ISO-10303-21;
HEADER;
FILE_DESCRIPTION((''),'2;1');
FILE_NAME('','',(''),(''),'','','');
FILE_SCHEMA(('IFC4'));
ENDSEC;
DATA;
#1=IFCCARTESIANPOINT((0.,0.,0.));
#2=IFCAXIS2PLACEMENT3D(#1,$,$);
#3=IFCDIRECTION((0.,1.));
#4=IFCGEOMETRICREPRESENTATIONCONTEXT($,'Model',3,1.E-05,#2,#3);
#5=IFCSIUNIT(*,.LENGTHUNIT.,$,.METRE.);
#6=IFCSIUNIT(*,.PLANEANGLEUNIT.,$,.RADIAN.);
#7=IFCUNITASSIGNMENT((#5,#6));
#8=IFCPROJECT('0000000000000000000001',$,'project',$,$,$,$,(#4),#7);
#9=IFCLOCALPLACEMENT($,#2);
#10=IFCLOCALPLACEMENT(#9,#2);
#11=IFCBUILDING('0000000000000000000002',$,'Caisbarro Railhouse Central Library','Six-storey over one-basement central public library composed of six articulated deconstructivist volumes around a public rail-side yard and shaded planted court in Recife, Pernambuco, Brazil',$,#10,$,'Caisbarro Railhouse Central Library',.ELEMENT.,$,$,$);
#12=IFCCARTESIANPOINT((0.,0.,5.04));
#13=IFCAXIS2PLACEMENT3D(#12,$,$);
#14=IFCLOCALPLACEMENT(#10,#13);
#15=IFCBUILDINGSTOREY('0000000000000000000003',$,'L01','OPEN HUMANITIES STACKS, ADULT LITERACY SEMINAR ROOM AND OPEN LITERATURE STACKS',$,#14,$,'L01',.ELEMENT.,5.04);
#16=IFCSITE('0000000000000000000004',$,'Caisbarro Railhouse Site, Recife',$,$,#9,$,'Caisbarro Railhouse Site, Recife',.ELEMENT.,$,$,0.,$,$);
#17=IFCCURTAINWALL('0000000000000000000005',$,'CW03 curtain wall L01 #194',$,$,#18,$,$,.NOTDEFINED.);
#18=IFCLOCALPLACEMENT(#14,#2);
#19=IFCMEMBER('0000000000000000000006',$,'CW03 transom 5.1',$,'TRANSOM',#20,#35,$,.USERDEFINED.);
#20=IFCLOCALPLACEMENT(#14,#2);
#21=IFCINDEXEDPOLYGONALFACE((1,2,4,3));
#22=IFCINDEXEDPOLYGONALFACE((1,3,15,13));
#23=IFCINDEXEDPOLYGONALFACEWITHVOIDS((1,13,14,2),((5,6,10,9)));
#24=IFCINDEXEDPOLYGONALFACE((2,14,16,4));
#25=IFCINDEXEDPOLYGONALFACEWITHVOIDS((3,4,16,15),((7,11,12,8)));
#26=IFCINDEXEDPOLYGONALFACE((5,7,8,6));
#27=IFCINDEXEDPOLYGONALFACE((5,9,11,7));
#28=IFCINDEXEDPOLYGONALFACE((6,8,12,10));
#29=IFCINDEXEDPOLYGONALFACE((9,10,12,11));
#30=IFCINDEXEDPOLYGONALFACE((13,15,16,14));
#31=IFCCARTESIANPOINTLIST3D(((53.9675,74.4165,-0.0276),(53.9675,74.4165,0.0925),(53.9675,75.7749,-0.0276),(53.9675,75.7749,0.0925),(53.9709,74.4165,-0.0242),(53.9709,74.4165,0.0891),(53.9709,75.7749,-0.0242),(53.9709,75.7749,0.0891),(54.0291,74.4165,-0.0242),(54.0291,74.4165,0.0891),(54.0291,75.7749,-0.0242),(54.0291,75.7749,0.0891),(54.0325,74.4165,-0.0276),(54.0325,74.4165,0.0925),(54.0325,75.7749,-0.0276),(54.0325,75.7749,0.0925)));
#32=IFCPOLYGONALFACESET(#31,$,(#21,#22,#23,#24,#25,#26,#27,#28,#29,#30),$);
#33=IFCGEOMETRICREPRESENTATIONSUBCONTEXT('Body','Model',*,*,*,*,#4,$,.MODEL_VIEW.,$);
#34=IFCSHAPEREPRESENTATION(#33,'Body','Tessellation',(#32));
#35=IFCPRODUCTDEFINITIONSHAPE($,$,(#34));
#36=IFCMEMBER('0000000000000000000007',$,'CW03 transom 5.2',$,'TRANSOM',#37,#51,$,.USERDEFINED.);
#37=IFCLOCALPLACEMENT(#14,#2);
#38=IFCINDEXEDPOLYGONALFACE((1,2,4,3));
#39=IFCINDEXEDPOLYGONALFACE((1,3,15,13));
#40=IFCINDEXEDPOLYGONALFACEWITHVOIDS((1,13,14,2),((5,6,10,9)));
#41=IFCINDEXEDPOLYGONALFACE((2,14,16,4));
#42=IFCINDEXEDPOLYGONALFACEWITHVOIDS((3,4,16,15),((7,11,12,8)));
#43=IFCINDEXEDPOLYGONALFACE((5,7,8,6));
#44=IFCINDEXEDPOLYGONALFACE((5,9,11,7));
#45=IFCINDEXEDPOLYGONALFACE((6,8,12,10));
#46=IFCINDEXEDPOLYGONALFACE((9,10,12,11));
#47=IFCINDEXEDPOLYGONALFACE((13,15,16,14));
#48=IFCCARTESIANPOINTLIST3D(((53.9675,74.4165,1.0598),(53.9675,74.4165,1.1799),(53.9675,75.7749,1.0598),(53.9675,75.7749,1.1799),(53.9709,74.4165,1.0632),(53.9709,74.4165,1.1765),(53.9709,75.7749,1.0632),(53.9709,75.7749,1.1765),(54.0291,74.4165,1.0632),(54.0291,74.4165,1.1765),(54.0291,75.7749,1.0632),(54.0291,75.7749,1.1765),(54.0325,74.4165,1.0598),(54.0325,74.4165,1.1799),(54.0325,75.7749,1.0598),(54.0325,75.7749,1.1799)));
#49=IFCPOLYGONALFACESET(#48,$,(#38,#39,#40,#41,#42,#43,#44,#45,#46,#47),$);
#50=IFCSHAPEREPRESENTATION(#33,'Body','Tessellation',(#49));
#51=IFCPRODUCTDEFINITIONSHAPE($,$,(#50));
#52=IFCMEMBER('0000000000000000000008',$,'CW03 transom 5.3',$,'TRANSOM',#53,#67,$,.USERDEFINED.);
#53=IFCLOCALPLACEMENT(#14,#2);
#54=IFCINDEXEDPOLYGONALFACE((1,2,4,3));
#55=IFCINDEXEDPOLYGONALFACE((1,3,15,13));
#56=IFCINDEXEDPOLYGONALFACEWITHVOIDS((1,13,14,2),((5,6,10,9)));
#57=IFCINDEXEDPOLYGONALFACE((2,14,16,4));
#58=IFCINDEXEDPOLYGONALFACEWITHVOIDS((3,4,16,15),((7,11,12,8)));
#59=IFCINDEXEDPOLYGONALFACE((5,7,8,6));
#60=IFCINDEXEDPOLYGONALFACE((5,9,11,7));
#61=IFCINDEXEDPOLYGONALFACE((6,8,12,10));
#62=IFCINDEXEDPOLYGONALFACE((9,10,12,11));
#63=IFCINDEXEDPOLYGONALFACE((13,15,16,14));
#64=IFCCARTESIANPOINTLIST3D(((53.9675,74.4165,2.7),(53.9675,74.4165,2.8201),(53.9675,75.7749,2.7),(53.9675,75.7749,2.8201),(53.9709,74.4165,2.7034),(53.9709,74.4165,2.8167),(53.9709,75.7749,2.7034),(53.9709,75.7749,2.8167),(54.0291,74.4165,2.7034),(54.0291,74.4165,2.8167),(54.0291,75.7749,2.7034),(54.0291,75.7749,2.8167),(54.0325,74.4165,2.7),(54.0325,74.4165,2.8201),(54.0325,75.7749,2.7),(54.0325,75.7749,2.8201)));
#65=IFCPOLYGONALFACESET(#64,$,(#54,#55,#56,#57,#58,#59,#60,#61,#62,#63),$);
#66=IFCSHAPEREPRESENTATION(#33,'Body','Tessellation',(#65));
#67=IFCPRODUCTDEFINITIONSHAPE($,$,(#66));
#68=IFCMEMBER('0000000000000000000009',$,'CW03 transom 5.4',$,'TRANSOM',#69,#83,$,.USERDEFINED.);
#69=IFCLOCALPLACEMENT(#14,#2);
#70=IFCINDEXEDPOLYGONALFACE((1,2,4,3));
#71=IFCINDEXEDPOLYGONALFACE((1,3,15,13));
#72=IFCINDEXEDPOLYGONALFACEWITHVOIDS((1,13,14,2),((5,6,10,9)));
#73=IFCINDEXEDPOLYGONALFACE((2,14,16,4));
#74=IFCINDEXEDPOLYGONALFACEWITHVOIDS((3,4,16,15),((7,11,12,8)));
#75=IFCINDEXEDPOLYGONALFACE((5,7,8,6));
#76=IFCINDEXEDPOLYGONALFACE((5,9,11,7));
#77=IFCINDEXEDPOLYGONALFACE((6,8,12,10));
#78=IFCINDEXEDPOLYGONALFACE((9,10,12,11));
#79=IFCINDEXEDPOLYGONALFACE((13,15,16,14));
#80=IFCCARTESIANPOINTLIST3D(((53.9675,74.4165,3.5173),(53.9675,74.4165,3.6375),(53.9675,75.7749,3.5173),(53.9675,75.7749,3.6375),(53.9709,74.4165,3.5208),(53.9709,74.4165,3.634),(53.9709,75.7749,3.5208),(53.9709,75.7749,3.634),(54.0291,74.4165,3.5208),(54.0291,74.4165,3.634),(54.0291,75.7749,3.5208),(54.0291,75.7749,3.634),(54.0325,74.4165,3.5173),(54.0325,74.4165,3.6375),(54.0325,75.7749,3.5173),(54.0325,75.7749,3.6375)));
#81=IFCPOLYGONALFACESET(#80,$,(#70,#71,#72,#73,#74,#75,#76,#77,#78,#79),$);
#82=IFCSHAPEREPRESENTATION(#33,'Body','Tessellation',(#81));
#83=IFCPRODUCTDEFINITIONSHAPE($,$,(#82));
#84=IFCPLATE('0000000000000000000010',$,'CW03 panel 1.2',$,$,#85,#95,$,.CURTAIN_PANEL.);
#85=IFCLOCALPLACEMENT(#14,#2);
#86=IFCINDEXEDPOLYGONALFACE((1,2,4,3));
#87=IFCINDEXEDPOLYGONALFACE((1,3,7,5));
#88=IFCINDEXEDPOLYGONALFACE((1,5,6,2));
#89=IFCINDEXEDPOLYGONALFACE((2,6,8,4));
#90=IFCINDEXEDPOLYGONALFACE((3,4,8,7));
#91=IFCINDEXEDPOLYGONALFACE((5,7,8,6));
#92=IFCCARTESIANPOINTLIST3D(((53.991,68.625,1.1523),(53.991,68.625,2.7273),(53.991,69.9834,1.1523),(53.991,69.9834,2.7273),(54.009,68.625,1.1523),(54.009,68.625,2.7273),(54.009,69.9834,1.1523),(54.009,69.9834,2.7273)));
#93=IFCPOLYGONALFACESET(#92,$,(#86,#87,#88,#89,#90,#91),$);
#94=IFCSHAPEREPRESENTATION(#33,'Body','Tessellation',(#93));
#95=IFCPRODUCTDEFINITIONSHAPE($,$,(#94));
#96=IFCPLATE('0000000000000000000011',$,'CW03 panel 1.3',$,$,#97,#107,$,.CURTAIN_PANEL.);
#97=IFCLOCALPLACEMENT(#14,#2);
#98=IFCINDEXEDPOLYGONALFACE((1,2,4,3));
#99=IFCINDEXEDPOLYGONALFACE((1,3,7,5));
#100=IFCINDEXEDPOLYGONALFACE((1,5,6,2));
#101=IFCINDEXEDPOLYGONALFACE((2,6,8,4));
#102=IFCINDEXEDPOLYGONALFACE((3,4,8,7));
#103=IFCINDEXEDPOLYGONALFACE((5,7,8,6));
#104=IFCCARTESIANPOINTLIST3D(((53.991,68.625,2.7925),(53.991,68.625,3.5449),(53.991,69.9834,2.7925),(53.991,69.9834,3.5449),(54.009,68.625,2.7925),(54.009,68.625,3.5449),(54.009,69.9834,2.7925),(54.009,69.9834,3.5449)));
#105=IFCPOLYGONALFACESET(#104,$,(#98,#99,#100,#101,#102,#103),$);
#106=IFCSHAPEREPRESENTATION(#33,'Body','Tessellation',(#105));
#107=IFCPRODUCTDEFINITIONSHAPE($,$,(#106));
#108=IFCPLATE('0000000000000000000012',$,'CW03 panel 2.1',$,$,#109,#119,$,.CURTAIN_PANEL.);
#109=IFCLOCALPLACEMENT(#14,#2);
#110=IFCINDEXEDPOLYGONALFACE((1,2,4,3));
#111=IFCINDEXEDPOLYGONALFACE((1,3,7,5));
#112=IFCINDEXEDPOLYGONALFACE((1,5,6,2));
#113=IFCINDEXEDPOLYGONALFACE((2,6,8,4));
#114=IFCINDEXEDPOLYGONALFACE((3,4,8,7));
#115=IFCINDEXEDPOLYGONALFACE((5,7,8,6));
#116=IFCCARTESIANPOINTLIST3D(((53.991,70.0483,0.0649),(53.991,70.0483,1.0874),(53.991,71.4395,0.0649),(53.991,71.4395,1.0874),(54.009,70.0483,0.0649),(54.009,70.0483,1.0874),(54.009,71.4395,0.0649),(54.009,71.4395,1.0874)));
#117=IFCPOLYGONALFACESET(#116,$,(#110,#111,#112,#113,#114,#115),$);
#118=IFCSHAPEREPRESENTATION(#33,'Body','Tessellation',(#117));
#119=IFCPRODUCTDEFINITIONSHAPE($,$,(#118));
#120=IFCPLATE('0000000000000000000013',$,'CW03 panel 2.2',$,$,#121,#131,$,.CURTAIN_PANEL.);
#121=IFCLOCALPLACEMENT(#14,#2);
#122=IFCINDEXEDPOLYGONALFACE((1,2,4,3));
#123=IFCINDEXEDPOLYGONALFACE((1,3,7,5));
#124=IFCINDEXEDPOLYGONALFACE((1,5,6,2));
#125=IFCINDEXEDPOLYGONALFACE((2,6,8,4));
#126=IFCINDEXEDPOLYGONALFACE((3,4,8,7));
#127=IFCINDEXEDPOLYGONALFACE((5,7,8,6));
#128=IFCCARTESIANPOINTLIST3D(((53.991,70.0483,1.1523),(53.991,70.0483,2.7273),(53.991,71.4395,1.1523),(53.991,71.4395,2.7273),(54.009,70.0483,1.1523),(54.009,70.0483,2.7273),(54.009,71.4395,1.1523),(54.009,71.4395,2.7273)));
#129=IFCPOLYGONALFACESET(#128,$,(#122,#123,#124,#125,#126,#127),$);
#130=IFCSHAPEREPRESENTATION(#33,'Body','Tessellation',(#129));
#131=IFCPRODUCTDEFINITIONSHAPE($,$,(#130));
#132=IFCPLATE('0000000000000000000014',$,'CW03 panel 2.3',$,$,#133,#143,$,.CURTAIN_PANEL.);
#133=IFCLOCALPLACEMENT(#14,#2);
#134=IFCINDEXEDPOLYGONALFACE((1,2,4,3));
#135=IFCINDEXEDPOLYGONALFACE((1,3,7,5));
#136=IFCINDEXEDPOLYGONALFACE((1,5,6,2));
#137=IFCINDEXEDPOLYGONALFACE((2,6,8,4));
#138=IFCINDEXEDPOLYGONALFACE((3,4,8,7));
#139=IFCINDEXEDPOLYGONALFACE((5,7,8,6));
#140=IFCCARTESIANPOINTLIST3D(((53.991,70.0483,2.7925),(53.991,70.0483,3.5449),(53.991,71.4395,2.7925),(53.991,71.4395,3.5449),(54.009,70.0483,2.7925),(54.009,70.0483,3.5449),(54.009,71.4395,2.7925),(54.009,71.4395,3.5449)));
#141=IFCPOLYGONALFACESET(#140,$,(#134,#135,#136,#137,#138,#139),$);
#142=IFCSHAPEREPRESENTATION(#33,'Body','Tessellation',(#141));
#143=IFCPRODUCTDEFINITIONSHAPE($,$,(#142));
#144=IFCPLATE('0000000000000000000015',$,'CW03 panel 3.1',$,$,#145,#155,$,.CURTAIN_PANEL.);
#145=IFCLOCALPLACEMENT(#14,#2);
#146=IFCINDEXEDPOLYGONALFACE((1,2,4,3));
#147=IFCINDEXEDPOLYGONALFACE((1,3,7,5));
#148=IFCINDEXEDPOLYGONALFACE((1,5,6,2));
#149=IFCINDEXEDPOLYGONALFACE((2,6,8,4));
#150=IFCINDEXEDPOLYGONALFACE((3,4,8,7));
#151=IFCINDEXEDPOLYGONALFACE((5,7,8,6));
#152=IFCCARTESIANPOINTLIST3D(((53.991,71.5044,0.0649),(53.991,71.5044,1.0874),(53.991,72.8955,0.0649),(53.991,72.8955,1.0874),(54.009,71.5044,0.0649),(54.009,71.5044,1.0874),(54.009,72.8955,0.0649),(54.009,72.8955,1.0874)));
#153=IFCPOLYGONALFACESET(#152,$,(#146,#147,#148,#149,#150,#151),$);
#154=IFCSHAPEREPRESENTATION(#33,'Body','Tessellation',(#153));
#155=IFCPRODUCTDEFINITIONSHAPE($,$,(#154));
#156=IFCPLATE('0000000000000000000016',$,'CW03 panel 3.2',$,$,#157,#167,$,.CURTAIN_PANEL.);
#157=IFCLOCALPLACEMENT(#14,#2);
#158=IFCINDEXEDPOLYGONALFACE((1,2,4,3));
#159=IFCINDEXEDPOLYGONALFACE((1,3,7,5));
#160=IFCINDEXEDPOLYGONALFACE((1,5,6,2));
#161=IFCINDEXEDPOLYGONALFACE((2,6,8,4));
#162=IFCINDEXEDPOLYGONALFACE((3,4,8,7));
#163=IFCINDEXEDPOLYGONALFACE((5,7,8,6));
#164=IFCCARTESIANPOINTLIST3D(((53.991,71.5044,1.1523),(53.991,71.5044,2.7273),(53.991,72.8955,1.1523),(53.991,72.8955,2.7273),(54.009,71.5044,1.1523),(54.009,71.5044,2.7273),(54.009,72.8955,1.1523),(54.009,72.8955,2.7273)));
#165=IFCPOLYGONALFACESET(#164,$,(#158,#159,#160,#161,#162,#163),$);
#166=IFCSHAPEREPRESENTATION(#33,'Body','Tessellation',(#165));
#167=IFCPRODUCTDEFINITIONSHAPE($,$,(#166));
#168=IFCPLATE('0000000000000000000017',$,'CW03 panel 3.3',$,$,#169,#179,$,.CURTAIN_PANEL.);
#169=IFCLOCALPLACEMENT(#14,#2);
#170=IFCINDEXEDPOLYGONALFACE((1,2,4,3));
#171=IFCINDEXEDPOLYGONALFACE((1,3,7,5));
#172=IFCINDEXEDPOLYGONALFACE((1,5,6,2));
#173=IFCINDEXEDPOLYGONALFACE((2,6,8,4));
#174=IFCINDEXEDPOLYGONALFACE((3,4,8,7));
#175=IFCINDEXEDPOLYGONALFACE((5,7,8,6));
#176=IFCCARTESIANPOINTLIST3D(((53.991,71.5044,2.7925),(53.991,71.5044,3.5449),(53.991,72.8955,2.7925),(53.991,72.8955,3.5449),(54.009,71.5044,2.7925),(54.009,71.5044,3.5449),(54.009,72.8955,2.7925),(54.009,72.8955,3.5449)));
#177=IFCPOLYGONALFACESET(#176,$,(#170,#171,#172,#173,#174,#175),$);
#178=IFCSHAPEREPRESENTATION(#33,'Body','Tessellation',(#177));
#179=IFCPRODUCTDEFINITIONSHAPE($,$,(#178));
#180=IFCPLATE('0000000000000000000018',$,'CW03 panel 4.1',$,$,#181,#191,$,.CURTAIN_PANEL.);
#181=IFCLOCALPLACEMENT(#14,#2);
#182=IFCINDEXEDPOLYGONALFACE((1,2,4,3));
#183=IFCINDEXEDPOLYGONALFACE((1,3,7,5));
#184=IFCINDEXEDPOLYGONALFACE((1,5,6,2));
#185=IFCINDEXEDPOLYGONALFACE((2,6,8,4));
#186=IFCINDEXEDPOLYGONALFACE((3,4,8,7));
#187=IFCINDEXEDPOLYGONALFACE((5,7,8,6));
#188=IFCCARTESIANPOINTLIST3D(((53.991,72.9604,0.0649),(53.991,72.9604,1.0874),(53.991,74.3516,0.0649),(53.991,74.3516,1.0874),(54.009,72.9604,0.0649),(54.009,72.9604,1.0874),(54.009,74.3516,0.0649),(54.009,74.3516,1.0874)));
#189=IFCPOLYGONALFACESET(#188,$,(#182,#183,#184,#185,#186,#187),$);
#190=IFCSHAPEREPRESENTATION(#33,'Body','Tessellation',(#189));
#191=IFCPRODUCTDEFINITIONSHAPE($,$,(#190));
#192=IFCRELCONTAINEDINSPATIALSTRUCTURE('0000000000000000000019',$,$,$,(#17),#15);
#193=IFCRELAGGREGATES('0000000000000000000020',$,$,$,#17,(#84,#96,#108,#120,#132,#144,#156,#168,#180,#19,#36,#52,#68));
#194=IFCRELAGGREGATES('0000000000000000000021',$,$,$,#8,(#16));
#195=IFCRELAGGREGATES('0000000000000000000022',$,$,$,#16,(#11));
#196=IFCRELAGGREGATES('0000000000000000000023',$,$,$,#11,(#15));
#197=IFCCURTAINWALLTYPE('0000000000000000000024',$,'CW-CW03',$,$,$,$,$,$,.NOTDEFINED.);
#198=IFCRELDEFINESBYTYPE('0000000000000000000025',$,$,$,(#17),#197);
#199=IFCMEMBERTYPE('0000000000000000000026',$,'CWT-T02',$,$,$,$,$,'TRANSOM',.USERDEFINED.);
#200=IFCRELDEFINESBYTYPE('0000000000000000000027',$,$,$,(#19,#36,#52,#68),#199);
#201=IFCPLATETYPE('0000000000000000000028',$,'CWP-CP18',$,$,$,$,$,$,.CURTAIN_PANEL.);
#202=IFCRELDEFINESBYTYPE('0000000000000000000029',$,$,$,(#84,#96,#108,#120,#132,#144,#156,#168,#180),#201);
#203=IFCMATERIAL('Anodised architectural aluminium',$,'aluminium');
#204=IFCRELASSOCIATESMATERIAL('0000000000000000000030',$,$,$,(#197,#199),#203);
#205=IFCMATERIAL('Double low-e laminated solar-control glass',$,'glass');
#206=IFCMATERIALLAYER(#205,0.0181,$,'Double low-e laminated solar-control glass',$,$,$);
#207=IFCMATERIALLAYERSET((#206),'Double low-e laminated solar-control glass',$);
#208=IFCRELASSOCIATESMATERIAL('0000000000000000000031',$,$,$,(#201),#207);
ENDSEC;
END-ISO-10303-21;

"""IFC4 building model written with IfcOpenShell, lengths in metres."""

from ifc_helpers import new_model, si_unit, direction, frame, origin, origin_2d, place, context, subcontext, project, spatial, rectangle, hollow_rectangle, extrude, material, layer, layer_set, material_profile, profile_set, type_object, element, aggregate, save


model = new_model("IFC4")

# Units and contexts
model_context = context("Model", 3, precision=1e-05, world=origin(), true_north=direction((0.0, 1.0)))
body_context = subcontext(model_context, "Body", "Model", "MODEL_VIEW")
ifc_project = project(units=[si_unit("LENGTHUNIT", "METRE"), si_unit("PLANEANGLEUNIT", "RADIAN")], contexts=[model_context])

# Site, building, storey
site_placement = place(None, origin())
site = spatial("IfcSite", under=ifc_project, at=site_placement, Name="Caisbarro Railhouse Site, Recife", LongName="Caisbarro Railhouse Site, Recife", CompositionType="ELEMENT", RefElevation=0.0)
building_placement = place(site_placement, origin())
building = spatial("IfcBuilding", under=site, at=building_placement, Name="Caisbarro Railhouse Central Library", Description="Six-storey over one-basement central public library composed of six articulated deconstructivist volumes around a public rail-side yard and shaded planted court in Recife, Pernambuco, Brazil", LongName="Caisbarro Railhouse Central Library", CompositionType="ELEMENT")
storey_placement = place(building_placement, frame((0.0, 0.0, 5.04)))
storey = spatial("IfcBuildingStorey", under=building, at=storey_placement, Name="L01", Description="OPEN HUMANITIES STACKS, ADULT LITERACY SEMINAR ROOM AND OPEN LITERATURE STACKS", LongName="L01", CompositionType="ELEMENT", Elevation=5.04)

# Curtain wall, members, plates
ifc_material_1 = material(Name="Anodised architectural aluminium", Category="aluminium")
curtain_wall_type = type_object("IfcCurtainWallType", Name="CW-CW03", PredefinedType="NOTDEFINED", material=ifc_material_1)
curtain_wall_placement = place(storey_placement, origin())
curtain_wall = element("IfcCurtainWall", 1, at=curtain_wall_placement, inside=storey, type_object=curtain_wall_type, Name="CW03 curtain wall L01 #194", PredefinedType="NOTDEFINED")
ifc_material_profile_1 = material_profile(ifc_material_1, hollow_rectangle(XDim=0.0649, YDim=0.1201, WallThickness=0.0034, at=origin_2d()), Name="ALU-TRN-65X120")
ifc_profile_set_1 = profile_set([ifc_material_profile_1], Name="Anodised architectural aluminium")
member_type_1 = type_object("IfcMemberType", Name="CWT-T02", ElementType="TRANSOM", PredefinedType="USERDEFINED", material=ifc_profile_set_1)
member_1_placement = place(storey_placement, frame((54.0, 74.4165, 0.0325), z_axis=(0.0, 1.0, 0.0), x_axis=(-1.0, 0.0, 0.0)))
member_1 = element("IfcMember", 2, at=member_1_placement, type_object=member_type_1, Name="CW03 transom 5.1", ObjectType="TRANSOM", PredefinedType="USERDEFINED", context=body_context, shape_type="SweptSolid", body=[
    extrude(hollow_rectangle(XDim=0.0649, YDim=0.1201, WallThickness=0.0034, at=origin_2d()), origin(), (0.0, 0.0, 1.0), 1.3584),
])
member_2_placement = place(storey_placement, frame((54.0, 74.4165, 1.1199), z_axis=(0.0, 1.0, 0.0), x_axis=(-1.0, 0.0, 0.0)))
member_2 = element("IfcMember", 3, at=member_2_placement, type_object=member_type_1, Name="CW03 transom 5.2", ObjectType="TRANSOM", PredefinedType="USERDEFINED", context=body_context, shape_type="SweptSolid", body=[
    extrude(hollow_rectangle(XDim=0.0649, YDim=0.1201, WallThickness=0.0034, at=origin_2d()), origin(), (0.0, 0.0, 1.0), 1.3584),
])
member_3_placement = place(storey_placement, frame((54.0, 74.4165, 2.76), z_axis=(0.0, 1.0, 0.0), x_axis=(-1.0, 0.0, 0.0)))
member_3 = element("IfcMember", 4, at=member_3_placement, type_object=member_type_1, Name="CW03 transom 5.3", ObjectType="TRANSOM", PredefinedType="USERDEFINED", context=body_context, shape_type="SweptSolid", body=[
    extrude(hollow_rectangle(XDim=0.0649, YDim=0.1201, WallThickness=0.0034, at=origin_2d()), origin(), (0.0, 0.0, 1.0), 1.3584),
])
member_4_placement = place(storey_placement, frame((54.0, 74.4165, 3.5774), z_axis=(0.0, 1.0, 0.0), x_axis=(-1.0, 0.0, 0.0)))
member_4 = element("IfcMember", 5, at=member_4_placement, type_object=member_type_1, Name="CW03 transom 5.4", ObjectType="TRANSOM", PredefinedType="USERDEFINED", context=body_context, shape_type="SweptSolid", body=[
    extrude(hollow_rectangle(XDim=0.0649, YDim=0.1201, WallThickness=0.0034, at=origin_2d()), origin(), (0.0, 0.0, 1.0), 1.3584),
])
ifc_material_2 = material(Name="Double low-e laminated solar-control glass", Category="glass")
ifc_layer = layer(ifc_material_2, 0.0181, Name="Double low-e laminated solar-control glass")
ifc_layer_set = layer_set([ifc_layer], Name="Double low-e laminated solar-control glass")
plate_type = type_object("IfcPlateType", Name="CWP-CP18", PredefinedType="CURTAIN_PANEL", material=ifc_layer_set)
plate_1_placement = place(storey_placement, frame((54.0, 69.3042, 1.1523), z_axis=(0.0, 0.0, 1.0), x_axis=(0.0, 1.0, 0.0)))
plate_1 = element("IfcPlate", 6, at=plate_1_placement, type_object=plate_type, Name="CW03 panel 1.2", PredefinedType="CURTAIN_PANEL", context=body_context, shape_type="SweptSolid", body=[
    extrude(rectangle(XDim=1.3584, YDim=0.0181, at=origin_2d()), origin(), (0.0, 0.0, 1.0), 1.575),
])
plate_2_placement = place(storey_placement, frame((54.0, 69.3042, 2.7925), z_axis=(0.0, 0.0, 1.0), x_axis=(0.0, 1.0, 0.0)))
plate_2 = element("IfcPlate", 7, at=plate_2_placement, type_object=plate_type, Name="CW03 panel 1.3", PredefinedType="CURTAIN_PANEL", context=body_context, shape_type="SweptSolid", body=[
    extrude(rectangle(XDim=1.3584, YDim=0.0181, at=origin_2d()), origin(), (0.0, 0.0, 1.0), 0.7524),
])
plate_3_placement = place(storey_placement, frame((54.0, 70.7439, 0.0649), z_axis=(0.0, 0.0, 1.0), x_axis=(0.0, 1.0, 0.0)))
plate_3 = element("IfcPlate", 8, at=plate_3_placement, type_object=plate_type, Name="CW03 panel 2.1", PredefinedType="CURTAIN_PANEL", context=body_context, shape_type="SweptSolid", body=[
    extrude(rectangle(XDim=1.3911, YDim=0.0181, at=origin_2d()), origin(), (0.0, 0.0, 1.0), 1.0225),
])
plate_4_placement = place(storey_placement, frame((54.0, 70.7439, 1.1523), z_axis=(0.0, 0.0, 1.0), x_axis=(0.0, 1.0, 0.0)))
plate_4 = element("IfcPlate", 9, at=plate_4_placement, type_object=plate_type, Name="CW03 panel 2.2", PredefinedType="CURTAIN_PANEL", context=body_context, shape_type="SweptSolid", body=[
    extrude(rectangle(XDim=1.3911, YDim=0.0181, at=origin_2d()), origin(), (0.0, 0.0, 1.0), 1.575),
])
plate_5_placement = place(storey_placement, frame((54.0, 70.7439, 2.7925), z_axis=(0.0, 0.0, 1.0), x_axis=(0.0, 1.0, 0.0)))
plate_5 = element("IfcPlate", 10, at=plate_5_placement, type_object=plate_type, Name="CW03 panel 2.3", PredefinedType="CURTAIN_PANEL", context=body_context, shape_type="SweptSolid", body=[
    extrude(rectangle(XDim=1.3911, YDim=0.0181, at=origin_2d()), origin(), (0.0, 0.0, 1.0), 0.7524),
])
plate_6_placement = place(storey_placement, frame((54.0, 72.2, 0.0649), z_axis=(0.0, 0.0, 1.0), x_axis=(0.0, 1.0, 0.0)))
plate_6 = element("IfcPlate", 11, at=plate_6_placement, type_object=plate_type, Name="CW03 panel 3.1", PredefinedType="CURTAIN_PANEL", context=body_context, shape_type="SweptSolid", body=[
    extrude(rectangle(XDim=1.3911, YDim=0.0181, at=origin_2d()), origin(), (0.0, 0.0, 1.0), 1.0225),
])
plate_7_placement = place(storey_placement, frame((54.0, 72.2, 1.1523), z_axis=(0.0, 0.0, 1.0), x_axis=(0.0, 1.0, 0.0)))
plate_7 = element("IfcPlate", 12, at=plate_7_placement, type_object=plate_type, Name="CW03 panel 3.2", PredefinedType="CURTAIN_PANEL", context=body_context, shape_type="SweptSolid", body=[
    extrude(rectangle(XDim=1.3911, YDim=0.0181, at=origin_2d()), origin(), (0.0, 0.0, 1.0), 1.575),
])
plate_8_placement = place(storey_placement, frame((54.0, 72.2, 2.7925), z_axis=(0.0, 0.0, 1.0), x_axis=(0.0, 1.0, 0.0)))
plate_8 = element("IfcPlate", 13, at=plate_8_placement, type_object=plate_type, Name="CW03 panel 3.3", PredefinedType="CURTAIN_PANEL", context=body_context, shape_type="SweptSolid", body=[
    extrude(rectangle(XDim=1.3911, YDim=0.0181, at=origin_2d()), origin(), (0.0, 0.0, 1.0), 0.7524),
])
plate_9_placement = place(storey_placement, frame((54.0, 73.656, 0.0649), z_axis=(0.0, 0.0, 1.0), x_axis=(0.0, 1.0, 0.0)))
plate_9 = element("IfcPlate", 14, at=plate_9_placement, type_object=plate_type, Name="CW03 panel 4.1", PredefinedType="CURTAIN_PANEL", context=body_context, shape_type="SweptSolid", body=[
    extrude(rectangle(XDim=1.3911, YDim=0.0181, at=origin_2d()), origin(), (0.0, 0.0, 1.0), 1.0225),
])
aggregate(curtain_wall, [plate_1, plate_2, plate_3, plate_4, plate_5, plate_6, plate_7, plate_8, plate_9, member_1, member_2, member_3, member_4])

save(model, "model.ifc")
